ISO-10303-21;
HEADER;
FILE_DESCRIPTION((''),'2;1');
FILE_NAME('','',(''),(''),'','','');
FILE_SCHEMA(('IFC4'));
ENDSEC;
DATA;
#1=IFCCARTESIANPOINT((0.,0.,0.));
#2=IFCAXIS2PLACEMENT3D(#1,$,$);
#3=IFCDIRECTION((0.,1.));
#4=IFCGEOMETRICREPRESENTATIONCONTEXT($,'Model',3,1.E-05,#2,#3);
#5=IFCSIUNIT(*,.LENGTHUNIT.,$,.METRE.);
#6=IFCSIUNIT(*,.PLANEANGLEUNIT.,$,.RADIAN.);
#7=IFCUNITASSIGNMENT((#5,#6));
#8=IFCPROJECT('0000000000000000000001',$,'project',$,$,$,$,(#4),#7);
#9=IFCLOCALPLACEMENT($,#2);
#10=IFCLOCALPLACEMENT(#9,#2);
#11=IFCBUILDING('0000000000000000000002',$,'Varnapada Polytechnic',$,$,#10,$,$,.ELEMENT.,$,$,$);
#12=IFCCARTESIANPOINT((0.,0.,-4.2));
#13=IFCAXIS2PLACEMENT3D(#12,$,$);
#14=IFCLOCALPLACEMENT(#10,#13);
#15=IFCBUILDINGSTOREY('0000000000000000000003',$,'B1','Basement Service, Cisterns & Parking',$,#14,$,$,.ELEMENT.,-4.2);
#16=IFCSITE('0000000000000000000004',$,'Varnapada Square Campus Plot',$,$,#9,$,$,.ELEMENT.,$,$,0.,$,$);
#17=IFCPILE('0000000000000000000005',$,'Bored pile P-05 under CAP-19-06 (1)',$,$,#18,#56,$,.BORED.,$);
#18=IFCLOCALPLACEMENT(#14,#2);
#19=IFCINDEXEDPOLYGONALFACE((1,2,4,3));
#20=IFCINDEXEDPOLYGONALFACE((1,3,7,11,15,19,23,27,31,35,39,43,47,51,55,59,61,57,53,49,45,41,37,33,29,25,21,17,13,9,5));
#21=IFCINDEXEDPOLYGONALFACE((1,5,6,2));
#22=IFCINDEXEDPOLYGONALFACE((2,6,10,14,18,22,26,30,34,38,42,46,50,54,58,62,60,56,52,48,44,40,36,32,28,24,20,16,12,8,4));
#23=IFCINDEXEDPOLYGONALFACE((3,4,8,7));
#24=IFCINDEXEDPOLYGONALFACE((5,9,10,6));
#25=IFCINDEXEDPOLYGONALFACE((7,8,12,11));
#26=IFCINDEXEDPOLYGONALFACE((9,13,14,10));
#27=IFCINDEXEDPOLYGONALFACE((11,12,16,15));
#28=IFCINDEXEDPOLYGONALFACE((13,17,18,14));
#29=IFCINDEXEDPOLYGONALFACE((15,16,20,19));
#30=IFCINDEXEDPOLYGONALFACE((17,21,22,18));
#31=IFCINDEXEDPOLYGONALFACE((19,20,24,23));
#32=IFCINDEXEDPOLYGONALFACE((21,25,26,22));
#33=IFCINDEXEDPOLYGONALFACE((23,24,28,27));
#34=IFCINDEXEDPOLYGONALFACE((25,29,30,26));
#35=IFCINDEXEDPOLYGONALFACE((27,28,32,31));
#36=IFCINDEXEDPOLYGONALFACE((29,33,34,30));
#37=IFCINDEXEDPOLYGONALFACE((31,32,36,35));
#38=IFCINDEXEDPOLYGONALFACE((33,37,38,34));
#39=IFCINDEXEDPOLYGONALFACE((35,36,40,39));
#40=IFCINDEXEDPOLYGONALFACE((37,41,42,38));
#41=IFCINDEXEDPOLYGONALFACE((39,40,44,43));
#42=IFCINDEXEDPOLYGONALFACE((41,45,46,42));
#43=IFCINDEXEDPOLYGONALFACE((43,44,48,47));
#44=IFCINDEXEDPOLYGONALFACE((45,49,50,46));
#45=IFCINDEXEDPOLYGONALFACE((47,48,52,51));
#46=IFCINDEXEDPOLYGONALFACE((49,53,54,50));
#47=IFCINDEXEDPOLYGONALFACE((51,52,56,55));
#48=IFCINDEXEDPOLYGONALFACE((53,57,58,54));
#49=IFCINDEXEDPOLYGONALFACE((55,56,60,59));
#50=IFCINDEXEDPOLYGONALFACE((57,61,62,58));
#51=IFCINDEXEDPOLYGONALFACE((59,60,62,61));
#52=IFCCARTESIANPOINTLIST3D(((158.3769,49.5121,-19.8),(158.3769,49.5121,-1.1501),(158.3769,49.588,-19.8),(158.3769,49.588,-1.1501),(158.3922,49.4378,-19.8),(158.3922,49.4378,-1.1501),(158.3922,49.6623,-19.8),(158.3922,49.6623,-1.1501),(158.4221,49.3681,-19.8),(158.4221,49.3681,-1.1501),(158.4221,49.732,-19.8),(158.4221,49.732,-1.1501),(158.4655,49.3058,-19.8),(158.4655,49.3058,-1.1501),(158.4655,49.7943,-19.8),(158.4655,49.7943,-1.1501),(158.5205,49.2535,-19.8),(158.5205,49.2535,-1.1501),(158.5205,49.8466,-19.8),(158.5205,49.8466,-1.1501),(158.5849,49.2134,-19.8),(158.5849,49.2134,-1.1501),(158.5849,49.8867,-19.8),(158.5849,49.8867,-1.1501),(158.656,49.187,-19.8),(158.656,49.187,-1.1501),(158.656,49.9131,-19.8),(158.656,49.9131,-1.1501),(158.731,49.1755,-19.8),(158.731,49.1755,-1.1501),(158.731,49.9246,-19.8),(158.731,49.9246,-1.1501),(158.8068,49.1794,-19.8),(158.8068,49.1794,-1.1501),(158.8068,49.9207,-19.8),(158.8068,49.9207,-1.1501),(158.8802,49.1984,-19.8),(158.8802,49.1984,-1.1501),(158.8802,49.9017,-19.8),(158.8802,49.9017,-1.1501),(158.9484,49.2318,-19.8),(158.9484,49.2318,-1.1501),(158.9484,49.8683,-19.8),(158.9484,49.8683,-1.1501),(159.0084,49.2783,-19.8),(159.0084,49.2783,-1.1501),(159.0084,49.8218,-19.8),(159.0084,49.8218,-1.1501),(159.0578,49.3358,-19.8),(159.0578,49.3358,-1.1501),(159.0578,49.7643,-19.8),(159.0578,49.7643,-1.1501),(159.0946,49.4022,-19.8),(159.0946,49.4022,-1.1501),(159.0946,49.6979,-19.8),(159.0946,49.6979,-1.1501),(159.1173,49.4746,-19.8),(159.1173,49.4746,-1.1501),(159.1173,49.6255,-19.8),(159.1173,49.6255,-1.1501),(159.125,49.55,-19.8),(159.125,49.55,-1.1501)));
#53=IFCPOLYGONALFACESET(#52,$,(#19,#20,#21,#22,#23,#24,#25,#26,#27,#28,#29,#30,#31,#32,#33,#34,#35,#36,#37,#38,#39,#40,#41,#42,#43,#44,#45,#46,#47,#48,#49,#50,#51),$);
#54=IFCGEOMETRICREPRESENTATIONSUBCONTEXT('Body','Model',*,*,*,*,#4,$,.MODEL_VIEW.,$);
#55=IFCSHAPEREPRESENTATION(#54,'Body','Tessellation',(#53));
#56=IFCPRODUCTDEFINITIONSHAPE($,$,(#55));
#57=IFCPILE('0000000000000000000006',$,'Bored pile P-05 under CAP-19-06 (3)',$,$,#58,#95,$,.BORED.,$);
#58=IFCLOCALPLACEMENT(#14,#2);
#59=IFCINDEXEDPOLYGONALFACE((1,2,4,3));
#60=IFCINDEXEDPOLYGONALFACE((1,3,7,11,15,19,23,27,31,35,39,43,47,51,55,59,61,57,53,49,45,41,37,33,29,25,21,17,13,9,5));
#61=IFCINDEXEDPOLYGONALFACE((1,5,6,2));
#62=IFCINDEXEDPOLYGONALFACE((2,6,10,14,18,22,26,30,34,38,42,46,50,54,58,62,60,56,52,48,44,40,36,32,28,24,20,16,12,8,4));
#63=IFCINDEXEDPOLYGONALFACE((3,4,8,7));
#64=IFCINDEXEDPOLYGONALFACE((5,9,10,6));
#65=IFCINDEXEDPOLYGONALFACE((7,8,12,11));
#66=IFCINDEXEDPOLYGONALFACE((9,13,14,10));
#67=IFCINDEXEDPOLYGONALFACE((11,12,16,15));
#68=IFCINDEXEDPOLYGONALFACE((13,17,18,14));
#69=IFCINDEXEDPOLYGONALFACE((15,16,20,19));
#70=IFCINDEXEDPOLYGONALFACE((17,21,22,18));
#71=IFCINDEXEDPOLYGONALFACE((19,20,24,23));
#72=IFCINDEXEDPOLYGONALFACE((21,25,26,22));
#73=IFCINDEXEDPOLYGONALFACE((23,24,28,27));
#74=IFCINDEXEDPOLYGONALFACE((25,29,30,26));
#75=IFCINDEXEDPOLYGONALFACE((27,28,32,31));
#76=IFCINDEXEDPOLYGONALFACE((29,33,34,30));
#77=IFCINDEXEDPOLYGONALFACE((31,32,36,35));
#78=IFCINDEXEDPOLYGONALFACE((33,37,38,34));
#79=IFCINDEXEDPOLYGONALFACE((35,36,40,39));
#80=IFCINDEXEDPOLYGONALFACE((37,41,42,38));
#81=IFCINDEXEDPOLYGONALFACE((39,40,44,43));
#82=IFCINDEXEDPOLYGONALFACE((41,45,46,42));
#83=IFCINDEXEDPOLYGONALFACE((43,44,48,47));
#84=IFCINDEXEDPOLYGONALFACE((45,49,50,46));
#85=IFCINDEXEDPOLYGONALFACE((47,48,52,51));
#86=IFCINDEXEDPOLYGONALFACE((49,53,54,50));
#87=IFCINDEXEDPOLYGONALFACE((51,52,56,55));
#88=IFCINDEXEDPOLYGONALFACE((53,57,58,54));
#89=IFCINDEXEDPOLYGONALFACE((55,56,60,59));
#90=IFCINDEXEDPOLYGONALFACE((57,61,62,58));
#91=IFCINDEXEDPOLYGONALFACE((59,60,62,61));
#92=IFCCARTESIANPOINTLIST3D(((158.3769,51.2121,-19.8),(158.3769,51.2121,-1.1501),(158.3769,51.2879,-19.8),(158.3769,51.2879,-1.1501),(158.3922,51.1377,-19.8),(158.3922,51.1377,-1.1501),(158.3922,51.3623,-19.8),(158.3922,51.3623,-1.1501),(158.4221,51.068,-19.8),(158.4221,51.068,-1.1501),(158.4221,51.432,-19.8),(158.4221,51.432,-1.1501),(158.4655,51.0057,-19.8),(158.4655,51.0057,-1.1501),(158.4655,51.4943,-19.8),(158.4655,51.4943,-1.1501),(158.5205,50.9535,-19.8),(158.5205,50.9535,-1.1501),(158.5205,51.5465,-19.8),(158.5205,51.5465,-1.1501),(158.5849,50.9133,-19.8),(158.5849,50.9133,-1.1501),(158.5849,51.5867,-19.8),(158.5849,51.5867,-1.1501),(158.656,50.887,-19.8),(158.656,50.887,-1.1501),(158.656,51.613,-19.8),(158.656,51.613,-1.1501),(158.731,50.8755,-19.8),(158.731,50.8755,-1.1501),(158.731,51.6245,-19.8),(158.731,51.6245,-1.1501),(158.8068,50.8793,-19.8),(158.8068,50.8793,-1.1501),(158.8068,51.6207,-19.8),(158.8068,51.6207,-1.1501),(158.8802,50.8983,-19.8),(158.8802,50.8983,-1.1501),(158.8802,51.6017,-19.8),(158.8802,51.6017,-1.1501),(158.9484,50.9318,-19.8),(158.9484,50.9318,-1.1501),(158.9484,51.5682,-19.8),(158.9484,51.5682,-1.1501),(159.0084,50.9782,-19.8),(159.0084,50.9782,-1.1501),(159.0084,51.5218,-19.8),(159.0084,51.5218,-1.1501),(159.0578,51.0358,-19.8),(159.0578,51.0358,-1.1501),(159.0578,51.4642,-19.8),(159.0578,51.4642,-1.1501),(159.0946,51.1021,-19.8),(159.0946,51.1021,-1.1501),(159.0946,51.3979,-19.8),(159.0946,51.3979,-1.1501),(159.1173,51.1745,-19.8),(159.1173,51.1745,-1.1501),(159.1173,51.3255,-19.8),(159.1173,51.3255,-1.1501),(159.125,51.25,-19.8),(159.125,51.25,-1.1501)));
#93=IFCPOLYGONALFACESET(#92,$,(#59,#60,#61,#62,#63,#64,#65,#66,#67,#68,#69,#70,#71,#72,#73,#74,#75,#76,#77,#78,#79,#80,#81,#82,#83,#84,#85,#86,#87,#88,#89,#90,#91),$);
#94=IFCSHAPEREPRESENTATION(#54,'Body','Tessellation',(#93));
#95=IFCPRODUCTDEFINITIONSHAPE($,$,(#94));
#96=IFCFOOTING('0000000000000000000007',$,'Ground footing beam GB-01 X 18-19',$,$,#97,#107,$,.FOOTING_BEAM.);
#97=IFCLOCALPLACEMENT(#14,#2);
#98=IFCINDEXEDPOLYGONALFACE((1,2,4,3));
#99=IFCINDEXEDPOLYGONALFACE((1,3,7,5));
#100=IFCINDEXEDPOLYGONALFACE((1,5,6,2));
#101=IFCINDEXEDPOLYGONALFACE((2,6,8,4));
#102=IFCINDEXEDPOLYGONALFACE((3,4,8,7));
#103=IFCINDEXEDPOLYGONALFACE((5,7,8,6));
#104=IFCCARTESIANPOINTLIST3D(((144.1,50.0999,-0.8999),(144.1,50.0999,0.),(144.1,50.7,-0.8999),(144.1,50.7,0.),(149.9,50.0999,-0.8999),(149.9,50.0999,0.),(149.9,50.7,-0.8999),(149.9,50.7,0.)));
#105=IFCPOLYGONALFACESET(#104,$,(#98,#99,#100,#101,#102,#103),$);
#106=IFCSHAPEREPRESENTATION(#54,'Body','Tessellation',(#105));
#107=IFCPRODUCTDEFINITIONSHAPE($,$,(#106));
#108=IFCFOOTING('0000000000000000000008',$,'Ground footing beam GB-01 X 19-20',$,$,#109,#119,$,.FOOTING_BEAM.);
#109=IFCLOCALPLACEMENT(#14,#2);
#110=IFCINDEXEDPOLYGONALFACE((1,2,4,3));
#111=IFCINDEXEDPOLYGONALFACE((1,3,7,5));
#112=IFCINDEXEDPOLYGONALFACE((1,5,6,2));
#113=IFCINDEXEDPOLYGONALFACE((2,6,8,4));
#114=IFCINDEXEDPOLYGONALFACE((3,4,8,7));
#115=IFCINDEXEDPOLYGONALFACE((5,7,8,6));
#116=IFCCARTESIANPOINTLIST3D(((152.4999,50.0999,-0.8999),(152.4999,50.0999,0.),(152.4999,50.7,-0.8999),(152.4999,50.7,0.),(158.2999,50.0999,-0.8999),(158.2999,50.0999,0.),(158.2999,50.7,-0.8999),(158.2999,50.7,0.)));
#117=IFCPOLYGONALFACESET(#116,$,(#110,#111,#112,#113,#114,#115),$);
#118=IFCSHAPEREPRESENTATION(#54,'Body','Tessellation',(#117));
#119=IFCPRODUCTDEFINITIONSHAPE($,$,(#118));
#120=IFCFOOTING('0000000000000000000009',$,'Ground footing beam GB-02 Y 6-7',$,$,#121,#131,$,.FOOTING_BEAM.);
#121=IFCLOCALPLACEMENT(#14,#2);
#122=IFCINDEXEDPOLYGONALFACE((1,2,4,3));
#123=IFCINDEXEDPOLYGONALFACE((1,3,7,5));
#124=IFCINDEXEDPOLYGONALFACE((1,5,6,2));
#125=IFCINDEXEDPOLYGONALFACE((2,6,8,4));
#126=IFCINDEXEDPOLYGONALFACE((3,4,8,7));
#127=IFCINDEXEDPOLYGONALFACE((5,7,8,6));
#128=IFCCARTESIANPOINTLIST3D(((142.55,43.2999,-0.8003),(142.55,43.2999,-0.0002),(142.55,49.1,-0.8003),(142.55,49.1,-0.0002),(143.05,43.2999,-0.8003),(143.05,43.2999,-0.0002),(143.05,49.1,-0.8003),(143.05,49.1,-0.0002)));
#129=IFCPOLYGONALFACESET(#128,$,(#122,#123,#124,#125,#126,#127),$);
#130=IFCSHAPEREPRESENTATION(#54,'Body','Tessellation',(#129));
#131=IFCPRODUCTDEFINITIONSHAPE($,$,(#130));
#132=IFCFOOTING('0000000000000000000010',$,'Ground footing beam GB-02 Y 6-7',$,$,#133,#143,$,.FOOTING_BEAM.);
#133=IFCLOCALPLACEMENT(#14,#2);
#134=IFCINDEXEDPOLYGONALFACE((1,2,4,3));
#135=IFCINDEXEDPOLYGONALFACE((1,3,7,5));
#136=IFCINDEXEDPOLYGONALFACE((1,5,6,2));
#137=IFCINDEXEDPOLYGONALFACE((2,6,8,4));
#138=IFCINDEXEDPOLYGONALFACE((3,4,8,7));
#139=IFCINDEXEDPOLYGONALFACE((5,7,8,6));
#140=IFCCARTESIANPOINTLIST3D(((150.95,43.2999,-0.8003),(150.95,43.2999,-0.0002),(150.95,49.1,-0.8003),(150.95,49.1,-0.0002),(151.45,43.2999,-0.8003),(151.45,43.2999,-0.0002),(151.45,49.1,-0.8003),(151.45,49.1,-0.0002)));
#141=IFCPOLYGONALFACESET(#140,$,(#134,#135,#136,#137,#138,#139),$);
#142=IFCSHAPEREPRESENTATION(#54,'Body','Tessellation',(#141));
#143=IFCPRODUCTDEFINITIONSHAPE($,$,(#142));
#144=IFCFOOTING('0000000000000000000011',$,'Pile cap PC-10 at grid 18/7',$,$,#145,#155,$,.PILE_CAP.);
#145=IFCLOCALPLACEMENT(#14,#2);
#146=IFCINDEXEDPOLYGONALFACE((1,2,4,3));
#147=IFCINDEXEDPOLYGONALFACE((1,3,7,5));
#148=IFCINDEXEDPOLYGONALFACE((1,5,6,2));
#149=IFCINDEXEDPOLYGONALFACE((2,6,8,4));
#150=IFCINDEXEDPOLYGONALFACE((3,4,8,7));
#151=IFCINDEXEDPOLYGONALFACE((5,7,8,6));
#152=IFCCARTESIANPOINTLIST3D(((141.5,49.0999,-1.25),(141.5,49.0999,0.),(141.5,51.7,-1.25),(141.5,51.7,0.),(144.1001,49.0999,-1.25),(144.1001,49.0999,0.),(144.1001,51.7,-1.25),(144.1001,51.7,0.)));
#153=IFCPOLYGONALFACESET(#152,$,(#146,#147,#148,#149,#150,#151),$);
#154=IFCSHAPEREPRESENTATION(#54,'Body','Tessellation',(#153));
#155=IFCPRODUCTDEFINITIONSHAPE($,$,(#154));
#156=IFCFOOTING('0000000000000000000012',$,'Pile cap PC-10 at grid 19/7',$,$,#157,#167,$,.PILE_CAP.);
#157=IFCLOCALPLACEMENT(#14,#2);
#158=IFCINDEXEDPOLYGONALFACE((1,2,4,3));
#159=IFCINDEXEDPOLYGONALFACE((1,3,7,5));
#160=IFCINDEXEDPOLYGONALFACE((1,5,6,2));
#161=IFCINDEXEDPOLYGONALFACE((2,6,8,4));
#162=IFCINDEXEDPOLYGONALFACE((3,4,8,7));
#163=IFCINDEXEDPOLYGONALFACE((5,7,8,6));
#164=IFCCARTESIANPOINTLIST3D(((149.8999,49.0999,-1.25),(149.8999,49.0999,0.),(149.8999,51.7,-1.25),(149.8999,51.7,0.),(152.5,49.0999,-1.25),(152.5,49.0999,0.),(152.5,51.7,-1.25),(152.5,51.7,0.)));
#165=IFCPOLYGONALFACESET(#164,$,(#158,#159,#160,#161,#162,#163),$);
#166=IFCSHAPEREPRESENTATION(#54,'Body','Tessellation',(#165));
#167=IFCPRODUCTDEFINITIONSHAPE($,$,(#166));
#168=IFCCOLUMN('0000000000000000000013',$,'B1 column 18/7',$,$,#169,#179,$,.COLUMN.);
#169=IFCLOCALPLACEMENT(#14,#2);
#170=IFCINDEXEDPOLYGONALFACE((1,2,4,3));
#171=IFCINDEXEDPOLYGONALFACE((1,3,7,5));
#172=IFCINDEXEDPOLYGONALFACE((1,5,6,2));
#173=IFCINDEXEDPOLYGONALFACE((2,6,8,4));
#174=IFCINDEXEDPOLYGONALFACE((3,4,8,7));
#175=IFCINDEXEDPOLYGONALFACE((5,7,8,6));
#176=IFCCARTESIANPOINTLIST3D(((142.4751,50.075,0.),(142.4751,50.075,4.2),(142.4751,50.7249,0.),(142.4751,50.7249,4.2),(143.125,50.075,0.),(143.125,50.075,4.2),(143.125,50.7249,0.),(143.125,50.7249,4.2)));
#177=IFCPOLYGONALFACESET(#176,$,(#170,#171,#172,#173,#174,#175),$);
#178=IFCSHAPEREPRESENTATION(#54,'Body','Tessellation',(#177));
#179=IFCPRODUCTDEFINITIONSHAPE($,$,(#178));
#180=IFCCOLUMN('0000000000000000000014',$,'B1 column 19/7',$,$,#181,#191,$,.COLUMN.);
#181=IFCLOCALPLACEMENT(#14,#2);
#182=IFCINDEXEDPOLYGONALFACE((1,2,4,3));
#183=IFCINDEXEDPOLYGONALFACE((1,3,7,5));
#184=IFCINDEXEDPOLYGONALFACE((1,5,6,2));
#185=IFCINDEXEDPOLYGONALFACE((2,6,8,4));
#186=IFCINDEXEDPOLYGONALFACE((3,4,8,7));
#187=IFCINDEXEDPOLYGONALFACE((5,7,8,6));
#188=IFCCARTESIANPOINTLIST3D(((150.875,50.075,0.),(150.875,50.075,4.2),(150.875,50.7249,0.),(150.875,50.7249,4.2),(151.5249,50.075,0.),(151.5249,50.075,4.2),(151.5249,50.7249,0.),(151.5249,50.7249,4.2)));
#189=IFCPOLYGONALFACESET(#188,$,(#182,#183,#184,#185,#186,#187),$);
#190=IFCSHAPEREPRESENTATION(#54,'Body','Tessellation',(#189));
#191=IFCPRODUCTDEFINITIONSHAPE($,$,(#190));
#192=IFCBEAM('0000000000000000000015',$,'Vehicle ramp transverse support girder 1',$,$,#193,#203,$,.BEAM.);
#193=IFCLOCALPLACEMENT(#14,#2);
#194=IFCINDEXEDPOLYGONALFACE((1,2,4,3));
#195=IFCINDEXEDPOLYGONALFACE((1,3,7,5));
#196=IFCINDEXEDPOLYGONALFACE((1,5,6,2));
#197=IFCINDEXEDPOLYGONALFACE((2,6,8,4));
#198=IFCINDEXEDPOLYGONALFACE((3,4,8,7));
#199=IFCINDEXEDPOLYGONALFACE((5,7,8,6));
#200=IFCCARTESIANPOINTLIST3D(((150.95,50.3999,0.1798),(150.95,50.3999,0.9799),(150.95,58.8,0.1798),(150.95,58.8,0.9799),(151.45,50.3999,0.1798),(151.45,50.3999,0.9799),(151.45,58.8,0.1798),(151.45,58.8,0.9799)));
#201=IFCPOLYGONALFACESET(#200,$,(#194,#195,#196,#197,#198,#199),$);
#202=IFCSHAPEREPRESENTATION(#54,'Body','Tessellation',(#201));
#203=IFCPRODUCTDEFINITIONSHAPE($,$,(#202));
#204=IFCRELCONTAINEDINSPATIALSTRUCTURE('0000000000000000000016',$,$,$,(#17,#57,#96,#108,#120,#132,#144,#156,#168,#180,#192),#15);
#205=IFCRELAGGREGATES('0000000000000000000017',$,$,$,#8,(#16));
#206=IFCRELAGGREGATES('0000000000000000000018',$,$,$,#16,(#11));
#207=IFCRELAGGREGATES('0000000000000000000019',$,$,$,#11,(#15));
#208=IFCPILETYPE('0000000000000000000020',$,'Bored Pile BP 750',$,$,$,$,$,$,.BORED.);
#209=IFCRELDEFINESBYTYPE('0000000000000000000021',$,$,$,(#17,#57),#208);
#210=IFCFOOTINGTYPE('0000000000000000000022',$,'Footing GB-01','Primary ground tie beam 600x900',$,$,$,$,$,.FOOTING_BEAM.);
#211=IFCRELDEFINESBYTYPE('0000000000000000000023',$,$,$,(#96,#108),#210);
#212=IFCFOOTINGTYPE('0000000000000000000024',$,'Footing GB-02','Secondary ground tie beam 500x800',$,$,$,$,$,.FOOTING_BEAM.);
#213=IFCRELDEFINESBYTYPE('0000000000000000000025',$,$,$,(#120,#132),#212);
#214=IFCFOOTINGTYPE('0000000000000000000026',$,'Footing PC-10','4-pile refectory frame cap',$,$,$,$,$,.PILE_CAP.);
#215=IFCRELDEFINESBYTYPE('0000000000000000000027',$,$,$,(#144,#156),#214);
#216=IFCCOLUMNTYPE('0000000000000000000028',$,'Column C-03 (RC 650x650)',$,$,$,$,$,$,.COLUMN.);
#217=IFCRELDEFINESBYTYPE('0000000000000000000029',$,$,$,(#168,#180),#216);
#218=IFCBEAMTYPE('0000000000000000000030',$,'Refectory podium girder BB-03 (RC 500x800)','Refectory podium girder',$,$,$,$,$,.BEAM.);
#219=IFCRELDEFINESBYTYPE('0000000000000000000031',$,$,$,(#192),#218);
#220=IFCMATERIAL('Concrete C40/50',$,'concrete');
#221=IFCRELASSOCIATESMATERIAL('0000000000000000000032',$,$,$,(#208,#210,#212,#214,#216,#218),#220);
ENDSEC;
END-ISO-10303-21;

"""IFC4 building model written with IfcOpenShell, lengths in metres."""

from ifc_helpers import new_model, si_unit, direction, frame, origin, origin_2d, place, context, subcontext, project, spatial, rectangle, circle, extrude, material, material_profile, profile_set, type_object, element, save


model = new_model("IFC4")

# Units and contexts
model_context = context("Model", 3, precision=1e-05, world=origin(), true_north=direction((0.0, 1.0)))
body_context = subcontext(model_context, "Body", "Model", "MODEL_VIEW")
ifc_project = project(units=[si_unit("LENGTHUNIT", "METRE"), si_unit("PLANEANGLEUNIT", "RADIAN")], contexts=[model_context])

# Site, building, storey
site_placement = place(None, origin())
site = spatial("IfcSite", under=ifc_project, at=site_placement, Name="Varnapada Square Campus Plot", CompositionType="ELEMENT", RefElevation=0.0)
building_placement = place(site_placement, origin())
building = spatial("IfcBuilding", under=site, at=building_placement, Name="Varnapada Polytechnic", CompositionType="ELEMENT")
storey_placement = place(building_placement, frame((0.0, 0.0, -4.2)))
storey = spatial("IfcBuildingStorey", under=building, at=storey_placement, Name="B1", Description="Basement Service, Cisterns & Parking", CompositionType="ELEMENT", Elevation=-4.2)

# Piles
ifc_material_1 = material(Name="Concrete C40/50", Category="concrete")
ifc_material_profile_1 = material_profile(ifc_material_1, circle(Radius=0.375, at=origin_2d()), Name="BP 750")
ifc_profile_set_1 = profile_set([ifc_material_profile_1], Name="Concrete C40/50")
pile_type = type_object("IfcPileType", Name="Bored Pile BP 750", PredefinedType="BORED", material=ifc_profile_set_1)
for number, where, z_axis, x_axis, name in (
    (1, (158.75, 49.55, -1.1501), (0.0, 0.0, -1.0), (1.0, 0.0, 0.0), "Bored pile P-05 under CAP-19-06 (1)"),
    (2, (158.75, 51.25, -1.1501), (0.0, 0.0, -1.0), (1.0, 0.0, 0.0), "Bored pile P-05 under CAP-19-06 (3)"),
):
    element("IfcPile", number, at=place(storey_placement, frame(where, z_axis=z_axis, x_axis=x_axis)), inside=storey, type_object=pile_type, Name=name, PredefinedType="BORED", context=body_context, shape_type="SweptSolid", body=[
        extrude(circle(Radius=0.375, at=origin_2d()), origin(), (0.0, 0.0, 1.0), 18.6499),
    ])

# Footings
footing_type_1 = type_object("IfcFootingType", Name="Footing GB-01", Description="Primary ground tie beam 600x900", PredefinedType="FOOTING_BEAM", material=ifc_material_1)
for number, where, z_axis, x_axis, name in (
    (3, (147.0, 50.3999, -0.8999), (0.0, 0.0, 1.0), (1.0, 0.0, 0.0), "Ground footing beam GB-01 X 18-19"),
    (4, (155.3999, 50.3999, -0.8999), (0.0, 0.0, 1.0), (1.0, 0.0, 0.0), "Ground footing beam GB-01 X 19-20"),
):
    element("IfcFooting", number, at=place(storey_placement, frame(where, z_axis=z_axis, x_axis=x_axis)), inside=storey, type_object=footing_type_1, Name=name, PredefinedType="FOOTING_BEAM", context=body_context, shape_type="SweptSolid", body=[
        extrude(rectangle(XDim=5.8, YDim=0.6001, at=origin_2d()), origin(), (0.0, 0.0, 1.0), 0.8999),
    ])
footing_type_2 = type_object("IfcFootingType", Name="Footing GB-02", Description="Secondary ground tie beam 500x800", PredefinedType="FOOTING_BEAM", material=ifc_material_1)
for number, where, z_axis, x_axis, name in (
    (5, (142.8, 46.2, -0.8003), (0.0, 0.0, 1.0), (0.0, 1.0, 0.0), "Ground footing beam GB-02 Y 6-7"),
    (6, (151.2, 46.2, -0.8003), (0.0, 0.0, 1.0), (0.0, 1.0, 0.0), "Ground footing beam GB-02 Y 6-7"),
):
    element("IfcFooting", number, at=place(storey_placement, frame(where, z_axis=z_axis, x_axis=x_axis)), inside=storey, type_object=footing_type_2, Name=name, PredefinedType="FOOTING_BEAM", context=body_context, shape_type="SweptSolid", body=[
        extrude(rectangle(XDim=5.8, YDim=0.5, at=origin_2d()), origin(), (0.0, 0.0, 1.0), 0.8),
    ])
footing_type_3 = type_object("IfcFootingType", Name="Footing PC-10", Description="4-pile refectory frame cap", PredefinedType="PILE_CAP", material=ifc_material_1)
for number, where, z_axis, x_axis, name in (
    (7, (142.8, 50.3999, -1.25), (0.0, 0.0, 1.0), (1.0, 0.0, 0.0), "Pile cap PC-10 at grid 18/7"),
    (8, (151.2, 50.3999, -1.25), (0.0, 0.0, 1.0), (1.0, 0.0, 0.0), "Pile cap PC-10 at grid 19/7"),
):
    element("IfcFooting", number, at=place(storey_placement, frame(where, z_axis=z_axis, x_axis=x_axis)), inside=storey, type_object=footing_type_3, Name=name, PredefinedType="PILE_CAP", context=body_context, shape_type="SweptSolid", body=[
        extrude(rectangle(XDim=2.6001, YDim=2.6001, at=origin_2d()), origin(), (0.0, 0.0, 1.0), 1.25),
    ])

# Columns
ifc_material_profile_2 = material_profile(ifc_material_1, rectangle(XDim=0.6499, YDim=0.6499, at=origin_2d()), Name="RC 650x650")
ifc_profile_set_2 = profile_set([ifc_material_profile_2], Name="Concrete C40/50")
column_type = type_object("IfcColumnType", Name="Column C-03 (RC 650x650)", PredefinedType="COLUMN", material=ifc_profile_set_2)
for number, where, z_axis, x_axis, name in (
    (9, (142.8, 50.3999, 0.0), (0.0, 0.0, 1.0), (1.0, 0.0, 0.0), "B1 column 18/7"),
    (10, (151.2, 50.3999, 0.0), (0.0, 0.0, 1.0), (1.0, 0.0, 0.0), "B1 column 19/7"),
):
    element("IfcColumn", number, at=place(storey_placement, frame(where, z_axis=z_axis, x_axis=x_axis)), inside=storey, type_object=column_type, Name=name, PredefinedType="COLUMN", context=body_context, shape_type="SweptSolid", body=[
        extrude(rectangle(XDim=0.6499, YDim=0.6499, at=origin_2d()), origin(), (0.0, 0.0, 1.0), 4.2),
    ])

# Beam
ifc_material_profile_3 = material_profile(ifc_material_1, rectangle(XDim=0.5, YDim=0.8, at=origin_2d()), Name="RC 500x800")
ifc_profile_set_3 = profile_set([ifc_material_profile_3], Name="Concrete C40/50")
beam_type = type_object("IfcBeamType", Name="Refectory podium girder BB-03 (RC 500x800)", Description="Refectory podium girder", PredefinedType="BEAM", material=ifc_profile_set_3)
beam_placement = place(storey_placement, frame((151.2, 50.3999, 0.5798), z_axis=(0.0, 1.0, 0.0), x_axis=(-1.0, 0.0, 0.0)))
element("IfcBeam", 11, at=beam_placement, inside=storey, type_object=beam_type, Name="Vehicle ramp transverse support girder 1", PredefinedType="BEAM", context=body_context, shape_type="SweptSolid", body=[
    extrude(rectangle(XDim=0.5, YDim=0.8, at=origin_2d()), origin(), (0.0, 0.0, 1.0), 8.4001),
])

save(model, "model.ifc")
